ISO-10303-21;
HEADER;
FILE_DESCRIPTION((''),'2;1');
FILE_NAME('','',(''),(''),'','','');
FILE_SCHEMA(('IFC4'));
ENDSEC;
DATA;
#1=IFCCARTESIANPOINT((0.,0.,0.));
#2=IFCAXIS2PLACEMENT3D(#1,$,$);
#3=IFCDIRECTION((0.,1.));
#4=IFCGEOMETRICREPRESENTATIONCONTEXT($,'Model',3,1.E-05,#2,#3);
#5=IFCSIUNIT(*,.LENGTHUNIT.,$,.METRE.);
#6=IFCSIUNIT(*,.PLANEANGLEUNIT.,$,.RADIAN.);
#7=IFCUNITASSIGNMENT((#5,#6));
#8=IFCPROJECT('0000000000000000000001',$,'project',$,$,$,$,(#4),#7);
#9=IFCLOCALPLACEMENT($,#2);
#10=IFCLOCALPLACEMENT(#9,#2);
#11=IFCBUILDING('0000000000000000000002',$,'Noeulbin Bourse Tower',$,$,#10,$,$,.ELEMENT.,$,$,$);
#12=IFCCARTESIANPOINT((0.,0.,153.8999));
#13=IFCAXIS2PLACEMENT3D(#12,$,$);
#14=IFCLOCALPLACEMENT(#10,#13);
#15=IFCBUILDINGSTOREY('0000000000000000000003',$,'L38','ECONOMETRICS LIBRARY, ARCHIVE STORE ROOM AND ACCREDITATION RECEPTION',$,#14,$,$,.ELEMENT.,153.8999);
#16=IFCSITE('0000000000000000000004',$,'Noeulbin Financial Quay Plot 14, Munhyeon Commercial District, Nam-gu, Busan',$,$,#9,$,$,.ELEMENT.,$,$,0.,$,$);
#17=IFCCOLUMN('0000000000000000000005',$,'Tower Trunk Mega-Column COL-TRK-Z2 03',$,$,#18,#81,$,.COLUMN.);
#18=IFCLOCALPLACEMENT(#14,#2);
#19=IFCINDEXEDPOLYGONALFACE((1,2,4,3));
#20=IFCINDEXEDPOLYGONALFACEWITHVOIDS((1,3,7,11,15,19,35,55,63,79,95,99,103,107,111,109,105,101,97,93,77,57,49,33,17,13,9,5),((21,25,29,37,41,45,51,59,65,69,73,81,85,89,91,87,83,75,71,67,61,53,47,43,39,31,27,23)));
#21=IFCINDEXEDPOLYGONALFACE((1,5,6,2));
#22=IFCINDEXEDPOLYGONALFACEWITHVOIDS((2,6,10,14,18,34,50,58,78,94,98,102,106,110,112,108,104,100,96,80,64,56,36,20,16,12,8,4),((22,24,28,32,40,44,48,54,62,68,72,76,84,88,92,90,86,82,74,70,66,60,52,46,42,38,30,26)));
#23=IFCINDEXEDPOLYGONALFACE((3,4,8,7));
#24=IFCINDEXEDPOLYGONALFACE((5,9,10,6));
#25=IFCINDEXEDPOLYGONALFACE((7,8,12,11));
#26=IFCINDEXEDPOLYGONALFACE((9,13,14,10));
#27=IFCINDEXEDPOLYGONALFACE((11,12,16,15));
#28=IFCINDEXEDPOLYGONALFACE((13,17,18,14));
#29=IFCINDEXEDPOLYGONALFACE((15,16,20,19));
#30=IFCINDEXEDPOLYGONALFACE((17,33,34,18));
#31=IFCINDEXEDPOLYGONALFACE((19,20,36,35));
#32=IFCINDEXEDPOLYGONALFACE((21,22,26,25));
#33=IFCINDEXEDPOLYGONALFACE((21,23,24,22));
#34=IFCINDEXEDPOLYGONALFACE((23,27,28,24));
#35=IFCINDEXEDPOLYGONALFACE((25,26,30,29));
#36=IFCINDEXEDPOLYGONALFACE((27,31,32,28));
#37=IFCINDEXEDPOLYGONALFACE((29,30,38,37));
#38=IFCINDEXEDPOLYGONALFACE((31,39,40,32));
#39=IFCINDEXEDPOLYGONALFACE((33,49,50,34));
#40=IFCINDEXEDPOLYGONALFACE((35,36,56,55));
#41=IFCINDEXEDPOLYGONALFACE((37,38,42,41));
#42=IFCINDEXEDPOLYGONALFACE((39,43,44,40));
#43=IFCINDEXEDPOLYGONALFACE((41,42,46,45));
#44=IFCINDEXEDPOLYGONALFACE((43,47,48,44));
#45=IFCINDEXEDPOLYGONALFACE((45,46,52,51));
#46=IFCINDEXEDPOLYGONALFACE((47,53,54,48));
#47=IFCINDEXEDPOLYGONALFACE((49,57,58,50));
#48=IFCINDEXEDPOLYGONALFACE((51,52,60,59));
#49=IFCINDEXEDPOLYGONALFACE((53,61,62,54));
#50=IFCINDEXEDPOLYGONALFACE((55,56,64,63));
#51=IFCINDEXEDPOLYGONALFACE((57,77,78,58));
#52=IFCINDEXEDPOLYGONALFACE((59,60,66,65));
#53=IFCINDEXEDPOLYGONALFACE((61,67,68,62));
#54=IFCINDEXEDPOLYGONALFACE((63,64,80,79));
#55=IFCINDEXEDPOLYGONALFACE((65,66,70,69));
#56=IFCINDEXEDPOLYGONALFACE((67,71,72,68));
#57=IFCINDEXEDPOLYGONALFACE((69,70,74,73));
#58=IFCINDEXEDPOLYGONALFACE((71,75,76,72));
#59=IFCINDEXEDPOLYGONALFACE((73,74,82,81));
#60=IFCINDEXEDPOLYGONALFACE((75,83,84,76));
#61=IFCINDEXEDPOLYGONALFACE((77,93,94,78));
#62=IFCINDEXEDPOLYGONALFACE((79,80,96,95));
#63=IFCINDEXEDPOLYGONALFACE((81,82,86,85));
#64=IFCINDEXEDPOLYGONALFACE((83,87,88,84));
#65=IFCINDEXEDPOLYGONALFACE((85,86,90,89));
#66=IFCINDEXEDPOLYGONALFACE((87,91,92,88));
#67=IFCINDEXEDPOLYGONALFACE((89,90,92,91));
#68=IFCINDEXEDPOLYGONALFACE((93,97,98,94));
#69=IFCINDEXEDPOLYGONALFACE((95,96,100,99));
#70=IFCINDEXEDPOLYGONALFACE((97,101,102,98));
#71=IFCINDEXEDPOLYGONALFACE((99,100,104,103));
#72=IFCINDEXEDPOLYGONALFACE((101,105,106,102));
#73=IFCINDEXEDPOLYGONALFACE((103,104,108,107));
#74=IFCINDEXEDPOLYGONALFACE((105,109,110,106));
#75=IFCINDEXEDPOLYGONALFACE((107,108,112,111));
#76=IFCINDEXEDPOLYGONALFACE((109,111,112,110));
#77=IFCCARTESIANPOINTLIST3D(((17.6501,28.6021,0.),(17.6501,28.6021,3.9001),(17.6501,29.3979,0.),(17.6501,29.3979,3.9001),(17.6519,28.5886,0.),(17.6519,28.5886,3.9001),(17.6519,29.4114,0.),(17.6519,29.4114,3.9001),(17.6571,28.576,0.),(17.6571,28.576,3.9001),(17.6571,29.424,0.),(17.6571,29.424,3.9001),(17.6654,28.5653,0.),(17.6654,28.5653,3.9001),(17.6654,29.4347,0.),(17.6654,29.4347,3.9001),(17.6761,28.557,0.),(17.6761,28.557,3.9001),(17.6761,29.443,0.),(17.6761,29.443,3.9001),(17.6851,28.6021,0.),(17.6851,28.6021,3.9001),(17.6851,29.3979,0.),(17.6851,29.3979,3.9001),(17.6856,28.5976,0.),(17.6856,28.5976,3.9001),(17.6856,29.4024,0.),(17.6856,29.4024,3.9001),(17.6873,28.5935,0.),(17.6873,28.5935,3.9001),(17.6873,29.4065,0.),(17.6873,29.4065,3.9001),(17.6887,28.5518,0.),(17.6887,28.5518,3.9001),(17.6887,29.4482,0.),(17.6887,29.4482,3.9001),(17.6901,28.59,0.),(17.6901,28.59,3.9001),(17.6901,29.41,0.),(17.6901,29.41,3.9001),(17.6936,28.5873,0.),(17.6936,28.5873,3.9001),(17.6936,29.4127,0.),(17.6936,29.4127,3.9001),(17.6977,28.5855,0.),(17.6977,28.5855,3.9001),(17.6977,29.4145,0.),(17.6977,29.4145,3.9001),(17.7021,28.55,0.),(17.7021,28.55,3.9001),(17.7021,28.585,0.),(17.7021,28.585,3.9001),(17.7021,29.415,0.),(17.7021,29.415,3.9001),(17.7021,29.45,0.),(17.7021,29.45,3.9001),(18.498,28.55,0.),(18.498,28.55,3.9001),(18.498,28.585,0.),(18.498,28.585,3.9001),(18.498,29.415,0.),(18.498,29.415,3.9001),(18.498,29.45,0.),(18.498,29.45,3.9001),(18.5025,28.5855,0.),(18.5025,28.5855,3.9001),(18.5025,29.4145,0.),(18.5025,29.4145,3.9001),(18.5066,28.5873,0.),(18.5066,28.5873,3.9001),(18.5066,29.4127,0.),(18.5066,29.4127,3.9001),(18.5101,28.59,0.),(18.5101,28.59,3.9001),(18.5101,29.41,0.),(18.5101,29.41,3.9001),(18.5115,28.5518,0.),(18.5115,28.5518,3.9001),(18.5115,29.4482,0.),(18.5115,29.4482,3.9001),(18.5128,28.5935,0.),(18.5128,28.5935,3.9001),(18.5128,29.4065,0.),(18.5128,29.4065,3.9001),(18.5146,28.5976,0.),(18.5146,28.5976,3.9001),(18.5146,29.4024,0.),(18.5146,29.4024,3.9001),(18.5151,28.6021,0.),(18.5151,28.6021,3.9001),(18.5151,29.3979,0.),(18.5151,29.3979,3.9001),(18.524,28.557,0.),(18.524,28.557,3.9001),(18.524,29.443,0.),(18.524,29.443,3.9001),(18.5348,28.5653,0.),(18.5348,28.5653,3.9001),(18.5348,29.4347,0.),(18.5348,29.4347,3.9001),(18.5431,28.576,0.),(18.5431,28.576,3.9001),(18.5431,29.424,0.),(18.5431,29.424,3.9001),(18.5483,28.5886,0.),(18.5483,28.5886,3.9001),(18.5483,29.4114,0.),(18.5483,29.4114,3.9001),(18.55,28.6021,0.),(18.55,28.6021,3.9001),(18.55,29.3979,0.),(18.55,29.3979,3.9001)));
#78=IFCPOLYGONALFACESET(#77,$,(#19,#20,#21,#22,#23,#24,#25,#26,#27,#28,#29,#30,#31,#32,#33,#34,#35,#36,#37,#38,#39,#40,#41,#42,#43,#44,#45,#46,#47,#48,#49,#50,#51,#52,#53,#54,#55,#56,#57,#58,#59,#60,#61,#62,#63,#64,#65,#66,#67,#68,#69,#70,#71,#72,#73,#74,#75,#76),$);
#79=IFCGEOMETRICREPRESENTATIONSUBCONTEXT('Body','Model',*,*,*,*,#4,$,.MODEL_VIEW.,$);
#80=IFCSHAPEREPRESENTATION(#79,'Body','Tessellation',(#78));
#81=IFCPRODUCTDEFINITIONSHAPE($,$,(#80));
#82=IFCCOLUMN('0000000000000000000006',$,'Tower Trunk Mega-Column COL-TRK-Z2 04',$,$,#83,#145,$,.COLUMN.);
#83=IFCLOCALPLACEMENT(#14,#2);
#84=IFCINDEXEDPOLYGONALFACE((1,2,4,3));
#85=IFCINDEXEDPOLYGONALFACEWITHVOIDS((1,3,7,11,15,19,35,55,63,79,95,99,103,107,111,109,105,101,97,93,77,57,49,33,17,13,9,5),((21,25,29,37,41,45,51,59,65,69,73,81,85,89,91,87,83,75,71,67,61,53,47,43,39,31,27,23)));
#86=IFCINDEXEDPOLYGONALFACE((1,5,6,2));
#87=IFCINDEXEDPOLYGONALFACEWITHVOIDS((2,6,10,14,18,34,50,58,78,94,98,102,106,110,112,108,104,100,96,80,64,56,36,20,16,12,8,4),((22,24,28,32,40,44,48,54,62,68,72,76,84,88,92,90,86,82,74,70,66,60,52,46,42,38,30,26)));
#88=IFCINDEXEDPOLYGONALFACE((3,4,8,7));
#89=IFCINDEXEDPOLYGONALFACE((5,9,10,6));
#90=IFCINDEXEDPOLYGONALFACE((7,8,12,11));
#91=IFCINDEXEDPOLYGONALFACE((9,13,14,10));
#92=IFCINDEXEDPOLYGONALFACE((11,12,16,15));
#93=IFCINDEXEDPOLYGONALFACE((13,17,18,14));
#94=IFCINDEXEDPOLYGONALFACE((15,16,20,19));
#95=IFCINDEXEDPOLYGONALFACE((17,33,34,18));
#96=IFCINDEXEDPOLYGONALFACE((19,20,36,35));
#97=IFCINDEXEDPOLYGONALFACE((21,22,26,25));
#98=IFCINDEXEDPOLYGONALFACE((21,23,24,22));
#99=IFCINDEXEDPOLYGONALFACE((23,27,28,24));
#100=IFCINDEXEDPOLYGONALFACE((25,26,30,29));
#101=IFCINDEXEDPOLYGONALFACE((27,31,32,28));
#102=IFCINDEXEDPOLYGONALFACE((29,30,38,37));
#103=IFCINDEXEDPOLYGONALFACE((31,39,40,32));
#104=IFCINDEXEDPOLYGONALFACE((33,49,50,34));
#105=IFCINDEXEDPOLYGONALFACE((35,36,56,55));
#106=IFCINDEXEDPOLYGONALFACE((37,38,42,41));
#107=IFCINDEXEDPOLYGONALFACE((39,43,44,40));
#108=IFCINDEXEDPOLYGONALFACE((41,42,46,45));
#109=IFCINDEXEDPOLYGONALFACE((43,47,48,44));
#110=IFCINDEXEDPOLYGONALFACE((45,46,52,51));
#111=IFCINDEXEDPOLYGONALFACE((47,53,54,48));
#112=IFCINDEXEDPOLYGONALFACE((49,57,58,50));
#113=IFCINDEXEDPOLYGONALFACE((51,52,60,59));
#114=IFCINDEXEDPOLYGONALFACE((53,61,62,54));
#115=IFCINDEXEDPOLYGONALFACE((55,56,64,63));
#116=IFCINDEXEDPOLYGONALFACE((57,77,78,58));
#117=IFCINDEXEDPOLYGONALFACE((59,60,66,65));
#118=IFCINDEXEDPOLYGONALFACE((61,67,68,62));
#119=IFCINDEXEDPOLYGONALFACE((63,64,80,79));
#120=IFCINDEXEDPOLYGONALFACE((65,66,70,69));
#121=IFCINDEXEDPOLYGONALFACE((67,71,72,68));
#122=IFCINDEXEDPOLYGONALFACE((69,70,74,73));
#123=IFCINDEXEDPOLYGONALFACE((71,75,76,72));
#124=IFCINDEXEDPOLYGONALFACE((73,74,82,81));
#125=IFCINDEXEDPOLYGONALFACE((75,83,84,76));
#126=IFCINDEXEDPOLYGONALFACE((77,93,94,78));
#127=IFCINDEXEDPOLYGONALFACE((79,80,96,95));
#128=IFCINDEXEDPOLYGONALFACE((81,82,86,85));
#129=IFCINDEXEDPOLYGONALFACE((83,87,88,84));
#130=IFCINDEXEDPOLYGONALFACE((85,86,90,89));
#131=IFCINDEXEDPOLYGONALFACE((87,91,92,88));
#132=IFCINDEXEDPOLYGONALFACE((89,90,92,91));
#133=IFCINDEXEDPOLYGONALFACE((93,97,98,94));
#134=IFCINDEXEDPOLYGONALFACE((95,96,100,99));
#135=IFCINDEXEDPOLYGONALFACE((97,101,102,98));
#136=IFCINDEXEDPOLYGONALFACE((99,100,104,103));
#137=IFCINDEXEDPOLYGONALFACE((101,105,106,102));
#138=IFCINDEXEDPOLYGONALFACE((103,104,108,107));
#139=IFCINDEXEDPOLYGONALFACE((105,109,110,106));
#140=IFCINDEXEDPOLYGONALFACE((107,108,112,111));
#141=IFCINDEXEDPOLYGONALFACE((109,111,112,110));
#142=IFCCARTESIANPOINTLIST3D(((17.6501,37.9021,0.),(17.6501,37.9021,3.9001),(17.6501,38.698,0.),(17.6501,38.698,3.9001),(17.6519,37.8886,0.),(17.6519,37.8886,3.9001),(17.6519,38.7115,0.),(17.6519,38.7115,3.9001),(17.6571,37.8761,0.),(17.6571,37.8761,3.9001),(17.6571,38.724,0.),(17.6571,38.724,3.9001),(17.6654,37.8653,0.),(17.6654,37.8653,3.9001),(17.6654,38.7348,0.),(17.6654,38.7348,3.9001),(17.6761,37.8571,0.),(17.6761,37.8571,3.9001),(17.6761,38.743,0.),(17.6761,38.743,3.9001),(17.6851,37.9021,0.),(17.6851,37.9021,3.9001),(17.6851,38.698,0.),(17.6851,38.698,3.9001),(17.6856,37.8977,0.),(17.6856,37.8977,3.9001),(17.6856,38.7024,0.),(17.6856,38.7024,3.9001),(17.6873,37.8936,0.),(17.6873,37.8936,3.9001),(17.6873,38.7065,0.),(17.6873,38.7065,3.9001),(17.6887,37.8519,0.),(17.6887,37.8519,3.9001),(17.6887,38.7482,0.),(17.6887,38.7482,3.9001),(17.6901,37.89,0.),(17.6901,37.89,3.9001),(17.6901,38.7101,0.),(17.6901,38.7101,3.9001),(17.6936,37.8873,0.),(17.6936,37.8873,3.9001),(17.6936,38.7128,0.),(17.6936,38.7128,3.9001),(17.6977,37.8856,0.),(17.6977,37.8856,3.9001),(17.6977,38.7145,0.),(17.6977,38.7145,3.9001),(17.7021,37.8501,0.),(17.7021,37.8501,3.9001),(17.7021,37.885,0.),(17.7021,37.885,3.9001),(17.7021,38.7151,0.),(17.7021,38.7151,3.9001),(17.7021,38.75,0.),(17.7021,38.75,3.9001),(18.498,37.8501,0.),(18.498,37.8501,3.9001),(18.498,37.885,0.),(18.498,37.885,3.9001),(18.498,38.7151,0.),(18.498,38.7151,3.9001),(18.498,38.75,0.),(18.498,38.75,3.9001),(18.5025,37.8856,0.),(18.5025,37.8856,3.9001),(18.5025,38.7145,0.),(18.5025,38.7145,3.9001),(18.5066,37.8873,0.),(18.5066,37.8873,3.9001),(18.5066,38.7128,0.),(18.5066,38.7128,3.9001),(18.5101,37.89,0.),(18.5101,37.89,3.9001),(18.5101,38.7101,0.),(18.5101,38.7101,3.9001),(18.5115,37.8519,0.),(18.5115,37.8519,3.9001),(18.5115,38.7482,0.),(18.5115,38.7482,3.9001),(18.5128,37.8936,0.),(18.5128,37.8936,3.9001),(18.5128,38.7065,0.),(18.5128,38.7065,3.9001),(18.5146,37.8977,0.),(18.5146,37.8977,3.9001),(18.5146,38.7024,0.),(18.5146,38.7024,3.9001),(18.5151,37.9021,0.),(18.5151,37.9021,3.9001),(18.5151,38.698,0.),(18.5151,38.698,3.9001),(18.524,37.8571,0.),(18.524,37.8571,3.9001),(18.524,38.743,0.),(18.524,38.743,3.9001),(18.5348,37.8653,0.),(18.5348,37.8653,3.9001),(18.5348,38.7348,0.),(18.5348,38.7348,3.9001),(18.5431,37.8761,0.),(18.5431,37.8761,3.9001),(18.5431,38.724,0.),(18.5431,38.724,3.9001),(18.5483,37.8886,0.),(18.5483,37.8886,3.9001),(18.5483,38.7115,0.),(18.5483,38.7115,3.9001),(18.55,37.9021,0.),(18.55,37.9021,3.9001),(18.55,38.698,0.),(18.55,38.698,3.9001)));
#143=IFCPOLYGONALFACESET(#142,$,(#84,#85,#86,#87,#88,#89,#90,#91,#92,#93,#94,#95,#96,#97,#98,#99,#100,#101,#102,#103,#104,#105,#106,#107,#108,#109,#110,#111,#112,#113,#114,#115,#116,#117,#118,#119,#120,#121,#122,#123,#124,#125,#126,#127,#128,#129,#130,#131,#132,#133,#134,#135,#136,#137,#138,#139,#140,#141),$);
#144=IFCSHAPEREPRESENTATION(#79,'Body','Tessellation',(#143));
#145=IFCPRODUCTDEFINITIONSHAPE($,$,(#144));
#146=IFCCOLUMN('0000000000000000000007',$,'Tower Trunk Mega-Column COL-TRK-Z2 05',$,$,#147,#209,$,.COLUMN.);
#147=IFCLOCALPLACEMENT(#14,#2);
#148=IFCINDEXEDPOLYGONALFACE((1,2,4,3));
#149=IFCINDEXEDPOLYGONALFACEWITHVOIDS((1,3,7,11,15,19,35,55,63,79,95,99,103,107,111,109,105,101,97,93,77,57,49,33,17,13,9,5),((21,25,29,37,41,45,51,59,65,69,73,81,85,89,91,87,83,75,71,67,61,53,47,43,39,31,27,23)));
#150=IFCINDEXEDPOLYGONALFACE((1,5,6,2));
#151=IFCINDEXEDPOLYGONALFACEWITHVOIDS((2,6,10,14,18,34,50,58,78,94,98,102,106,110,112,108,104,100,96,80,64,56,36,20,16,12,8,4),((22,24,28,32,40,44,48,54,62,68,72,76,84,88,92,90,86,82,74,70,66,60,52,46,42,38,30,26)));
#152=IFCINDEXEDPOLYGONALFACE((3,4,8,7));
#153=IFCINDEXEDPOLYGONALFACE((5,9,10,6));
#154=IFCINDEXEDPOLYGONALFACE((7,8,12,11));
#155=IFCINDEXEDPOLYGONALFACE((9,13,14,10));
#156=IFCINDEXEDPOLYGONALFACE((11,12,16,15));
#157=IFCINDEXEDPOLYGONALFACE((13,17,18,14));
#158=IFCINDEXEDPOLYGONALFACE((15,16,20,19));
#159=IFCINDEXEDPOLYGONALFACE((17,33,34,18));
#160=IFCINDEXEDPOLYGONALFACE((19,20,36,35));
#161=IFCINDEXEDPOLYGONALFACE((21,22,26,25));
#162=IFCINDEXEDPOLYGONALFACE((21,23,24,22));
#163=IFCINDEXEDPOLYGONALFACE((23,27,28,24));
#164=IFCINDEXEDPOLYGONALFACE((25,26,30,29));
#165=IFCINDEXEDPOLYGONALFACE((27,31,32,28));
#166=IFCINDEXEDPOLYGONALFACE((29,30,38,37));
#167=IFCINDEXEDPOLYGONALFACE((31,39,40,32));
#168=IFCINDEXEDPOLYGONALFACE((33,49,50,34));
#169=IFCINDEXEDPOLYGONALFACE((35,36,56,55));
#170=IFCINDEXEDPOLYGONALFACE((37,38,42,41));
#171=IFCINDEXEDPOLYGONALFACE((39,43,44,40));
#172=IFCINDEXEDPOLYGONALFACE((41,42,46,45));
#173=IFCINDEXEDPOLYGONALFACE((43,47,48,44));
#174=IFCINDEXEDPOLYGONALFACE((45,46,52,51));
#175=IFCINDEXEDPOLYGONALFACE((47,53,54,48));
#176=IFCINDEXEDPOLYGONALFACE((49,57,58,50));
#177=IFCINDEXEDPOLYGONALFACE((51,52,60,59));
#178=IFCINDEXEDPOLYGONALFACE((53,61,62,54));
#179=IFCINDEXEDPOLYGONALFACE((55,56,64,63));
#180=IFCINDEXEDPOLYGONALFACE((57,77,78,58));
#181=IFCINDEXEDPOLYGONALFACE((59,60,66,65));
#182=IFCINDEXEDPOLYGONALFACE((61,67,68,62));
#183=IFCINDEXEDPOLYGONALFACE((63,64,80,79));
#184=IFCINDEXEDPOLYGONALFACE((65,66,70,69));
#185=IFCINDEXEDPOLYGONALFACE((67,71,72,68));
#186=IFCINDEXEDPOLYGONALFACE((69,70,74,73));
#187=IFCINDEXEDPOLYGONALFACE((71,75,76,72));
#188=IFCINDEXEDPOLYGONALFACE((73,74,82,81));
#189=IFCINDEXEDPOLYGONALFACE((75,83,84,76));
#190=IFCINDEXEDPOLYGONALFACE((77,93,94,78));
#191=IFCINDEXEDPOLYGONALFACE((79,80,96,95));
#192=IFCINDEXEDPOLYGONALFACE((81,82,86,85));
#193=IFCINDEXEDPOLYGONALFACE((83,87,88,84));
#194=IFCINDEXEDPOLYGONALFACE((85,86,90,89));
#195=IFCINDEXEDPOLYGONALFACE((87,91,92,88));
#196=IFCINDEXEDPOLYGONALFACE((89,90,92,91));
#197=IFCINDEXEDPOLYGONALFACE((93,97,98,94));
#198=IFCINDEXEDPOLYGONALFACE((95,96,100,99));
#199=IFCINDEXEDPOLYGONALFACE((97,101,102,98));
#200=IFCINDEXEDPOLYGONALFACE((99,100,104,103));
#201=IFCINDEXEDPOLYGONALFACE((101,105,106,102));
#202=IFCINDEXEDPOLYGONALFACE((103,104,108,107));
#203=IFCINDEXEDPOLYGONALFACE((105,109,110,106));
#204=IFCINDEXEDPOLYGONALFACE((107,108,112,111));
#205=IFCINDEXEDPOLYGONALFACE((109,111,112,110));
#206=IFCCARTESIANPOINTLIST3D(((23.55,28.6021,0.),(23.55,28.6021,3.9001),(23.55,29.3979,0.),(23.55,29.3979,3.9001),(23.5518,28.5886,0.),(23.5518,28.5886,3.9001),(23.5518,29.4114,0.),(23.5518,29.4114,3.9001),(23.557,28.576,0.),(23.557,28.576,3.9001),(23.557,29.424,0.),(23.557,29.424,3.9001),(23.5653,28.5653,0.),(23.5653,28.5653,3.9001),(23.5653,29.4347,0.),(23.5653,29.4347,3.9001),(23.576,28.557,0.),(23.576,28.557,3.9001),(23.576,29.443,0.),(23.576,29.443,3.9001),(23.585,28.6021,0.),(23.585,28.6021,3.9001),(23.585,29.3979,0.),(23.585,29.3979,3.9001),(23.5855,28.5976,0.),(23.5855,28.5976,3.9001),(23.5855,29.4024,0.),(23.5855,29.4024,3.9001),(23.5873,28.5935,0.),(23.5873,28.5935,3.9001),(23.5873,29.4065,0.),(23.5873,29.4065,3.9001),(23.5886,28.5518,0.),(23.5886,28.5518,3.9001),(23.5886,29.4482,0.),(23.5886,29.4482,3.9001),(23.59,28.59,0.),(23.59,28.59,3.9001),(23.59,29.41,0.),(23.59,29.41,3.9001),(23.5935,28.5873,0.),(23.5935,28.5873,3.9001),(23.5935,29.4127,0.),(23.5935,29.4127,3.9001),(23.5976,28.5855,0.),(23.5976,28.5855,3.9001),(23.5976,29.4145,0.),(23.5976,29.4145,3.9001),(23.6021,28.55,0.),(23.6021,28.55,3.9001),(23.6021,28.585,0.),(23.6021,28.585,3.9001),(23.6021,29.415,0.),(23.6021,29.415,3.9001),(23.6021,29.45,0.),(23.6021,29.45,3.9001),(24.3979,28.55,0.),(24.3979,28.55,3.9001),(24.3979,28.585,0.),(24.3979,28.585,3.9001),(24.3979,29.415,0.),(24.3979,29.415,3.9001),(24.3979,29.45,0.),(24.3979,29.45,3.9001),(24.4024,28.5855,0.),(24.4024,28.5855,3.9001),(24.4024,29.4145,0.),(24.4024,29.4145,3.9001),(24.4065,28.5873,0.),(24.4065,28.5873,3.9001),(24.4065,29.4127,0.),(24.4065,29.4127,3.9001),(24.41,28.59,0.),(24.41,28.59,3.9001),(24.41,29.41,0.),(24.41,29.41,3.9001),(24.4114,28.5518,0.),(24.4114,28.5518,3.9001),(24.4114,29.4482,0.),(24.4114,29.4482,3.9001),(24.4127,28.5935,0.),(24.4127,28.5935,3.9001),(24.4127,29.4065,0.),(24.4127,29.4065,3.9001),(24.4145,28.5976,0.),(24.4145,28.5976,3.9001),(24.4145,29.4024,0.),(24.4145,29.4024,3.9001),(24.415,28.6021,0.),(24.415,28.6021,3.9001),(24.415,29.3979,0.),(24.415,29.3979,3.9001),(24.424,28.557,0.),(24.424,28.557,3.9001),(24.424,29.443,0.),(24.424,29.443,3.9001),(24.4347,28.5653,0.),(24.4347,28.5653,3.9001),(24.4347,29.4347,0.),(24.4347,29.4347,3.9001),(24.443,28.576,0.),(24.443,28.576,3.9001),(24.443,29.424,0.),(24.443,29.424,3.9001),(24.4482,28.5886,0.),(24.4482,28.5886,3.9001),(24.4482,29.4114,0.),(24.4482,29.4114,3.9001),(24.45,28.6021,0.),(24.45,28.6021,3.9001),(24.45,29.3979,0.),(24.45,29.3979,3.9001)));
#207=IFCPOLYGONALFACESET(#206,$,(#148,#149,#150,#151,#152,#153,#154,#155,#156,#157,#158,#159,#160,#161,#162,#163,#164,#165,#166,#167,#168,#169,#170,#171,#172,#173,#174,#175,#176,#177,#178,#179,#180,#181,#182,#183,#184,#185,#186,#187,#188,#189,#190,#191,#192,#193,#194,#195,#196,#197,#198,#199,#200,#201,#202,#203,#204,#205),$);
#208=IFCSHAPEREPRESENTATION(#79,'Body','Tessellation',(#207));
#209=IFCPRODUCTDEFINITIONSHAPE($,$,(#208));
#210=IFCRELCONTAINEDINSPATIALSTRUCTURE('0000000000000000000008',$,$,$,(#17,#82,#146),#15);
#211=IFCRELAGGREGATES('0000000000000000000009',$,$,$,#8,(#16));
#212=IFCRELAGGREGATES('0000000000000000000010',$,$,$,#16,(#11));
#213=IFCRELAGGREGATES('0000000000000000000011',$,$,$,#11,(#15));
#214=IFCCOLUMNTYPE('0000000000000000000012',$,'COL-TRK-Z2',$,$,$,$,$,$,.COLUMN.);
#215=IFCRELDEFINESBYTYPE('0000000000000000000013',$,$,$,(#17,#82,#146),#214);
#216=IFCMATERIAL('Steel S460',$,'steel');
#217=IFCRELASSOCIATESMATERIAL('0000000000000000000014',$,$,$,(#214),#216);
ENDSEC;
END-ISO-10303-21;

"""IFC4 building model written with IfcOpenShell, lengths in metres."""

from ifc_helpers import new_model, si_unit, direction, frame, origin, origin_2d, place, context, subcontext, project, spatial, hollow_rectangle, extrude, material, material_profile, profile_set, type_object, element, save


model = new_model("IFC4")

# Units and contexts
model_context = context("Model", 3, precision=1e-05, world=origin(), true_north=direction((0.0, 1.0)))
body_context = subcontext(model_context, "Body", "Model", "MODEL_VIEW")
ifc_project = project(units=[si_unit("LENGTHUNIT", "METRE"), si_unit("PLANEANGLEUNIT", "RADIAN")], contexts=[model_context])

# Site, building, storey
site_placement = place(None, origin())
site = spatial("IfcSite", under=ifc_project, at=site_placement, Name="Noeulbin Financial Quay Plot 14, Munhyeon Commercial District, Nam-gu, Busan", CompositionType="ELEMENT", RefElevation=0.0)
building_placement = place(site_placement, origin())
building = spatial("IfcBuilding", under=site, at=building_placement, Name="Noeulbin Bourse Tower", CompositionType="ELEMENT")
storey_placement = place(building_placement, frame((0.0, 0.0, 153.8999)))
storey = spatial("IfcBuildingStorey", under=building, at=storey_placement, Name="L38", Description="ECONOMETRICS LIBRARY, ARCHIVE STORE ROOM AND ACCREDITATION RECEPTION", CompositionType="ELEMENT", Elevation=153.8999)

# Columns
ifc_material_1 = material(Name="Steel S460", Category="steel")
ifc_material_profile = material_profile(ifc_material_1, hollow_rectangle(XDim=0.8999, YDim=0.8999, WallThickness=0.0349, InnerFilletRadius=0.0171, OuterFilletRadius=0.052, at=origin_2d()), Name="BOX-900x900x35", Category="LoadBearing")
ifc_profile_set = profile_set([ifc_material_profile], Name="Steel S460")
column_type = type_object("IfcColumnType", Name="COL-TRK-Z2", PredefinedType="COLUMN", material=ifc_profile_set)
for number, where, z_axis, x_axis, name in (
    (1, (18.1001, 29.0, 0.0), (0.0, 0.0, 1.0), (1.0, 0.0, 0.0), "Tower Trunk Mega-Column COL-TRK-Z2 03"),
    (2, (18.1001, 38.3, 0.0), (0.0, 0.0, 1.0), (1.0, 0.0, 0.0), "Tower Trunk Mega-Column COL-TRK-Z2 04"),
    (3, (24.0, 29.0, 0.0), (0.0, 0.0, 1.0), (1.0, 0.0, 0.0), "Tower Trunk Mega-Column COL-TRK-Z2 05"),
):
    element("IfcColumn", number, at=place(storey_placement, frame(where, z_axis=z_axis, x_axis=x_axis)), inside=storey, type_object=column_type, Name=name, PredefinedType="COLUMN", context=body_context, shape_type="SweptSolid", body=[
        extrude(hollow_rectangle(XDim=0.8999, YDim=0.8999, WallThickness=0.0349, InnerFilletRadius=0.0171, OuterFilletRadius=0.052, at=origin_2d()), origin(), (0.0, 0.0, 1.0), 3.9001),
    ])

save(model, "model.ifc")
